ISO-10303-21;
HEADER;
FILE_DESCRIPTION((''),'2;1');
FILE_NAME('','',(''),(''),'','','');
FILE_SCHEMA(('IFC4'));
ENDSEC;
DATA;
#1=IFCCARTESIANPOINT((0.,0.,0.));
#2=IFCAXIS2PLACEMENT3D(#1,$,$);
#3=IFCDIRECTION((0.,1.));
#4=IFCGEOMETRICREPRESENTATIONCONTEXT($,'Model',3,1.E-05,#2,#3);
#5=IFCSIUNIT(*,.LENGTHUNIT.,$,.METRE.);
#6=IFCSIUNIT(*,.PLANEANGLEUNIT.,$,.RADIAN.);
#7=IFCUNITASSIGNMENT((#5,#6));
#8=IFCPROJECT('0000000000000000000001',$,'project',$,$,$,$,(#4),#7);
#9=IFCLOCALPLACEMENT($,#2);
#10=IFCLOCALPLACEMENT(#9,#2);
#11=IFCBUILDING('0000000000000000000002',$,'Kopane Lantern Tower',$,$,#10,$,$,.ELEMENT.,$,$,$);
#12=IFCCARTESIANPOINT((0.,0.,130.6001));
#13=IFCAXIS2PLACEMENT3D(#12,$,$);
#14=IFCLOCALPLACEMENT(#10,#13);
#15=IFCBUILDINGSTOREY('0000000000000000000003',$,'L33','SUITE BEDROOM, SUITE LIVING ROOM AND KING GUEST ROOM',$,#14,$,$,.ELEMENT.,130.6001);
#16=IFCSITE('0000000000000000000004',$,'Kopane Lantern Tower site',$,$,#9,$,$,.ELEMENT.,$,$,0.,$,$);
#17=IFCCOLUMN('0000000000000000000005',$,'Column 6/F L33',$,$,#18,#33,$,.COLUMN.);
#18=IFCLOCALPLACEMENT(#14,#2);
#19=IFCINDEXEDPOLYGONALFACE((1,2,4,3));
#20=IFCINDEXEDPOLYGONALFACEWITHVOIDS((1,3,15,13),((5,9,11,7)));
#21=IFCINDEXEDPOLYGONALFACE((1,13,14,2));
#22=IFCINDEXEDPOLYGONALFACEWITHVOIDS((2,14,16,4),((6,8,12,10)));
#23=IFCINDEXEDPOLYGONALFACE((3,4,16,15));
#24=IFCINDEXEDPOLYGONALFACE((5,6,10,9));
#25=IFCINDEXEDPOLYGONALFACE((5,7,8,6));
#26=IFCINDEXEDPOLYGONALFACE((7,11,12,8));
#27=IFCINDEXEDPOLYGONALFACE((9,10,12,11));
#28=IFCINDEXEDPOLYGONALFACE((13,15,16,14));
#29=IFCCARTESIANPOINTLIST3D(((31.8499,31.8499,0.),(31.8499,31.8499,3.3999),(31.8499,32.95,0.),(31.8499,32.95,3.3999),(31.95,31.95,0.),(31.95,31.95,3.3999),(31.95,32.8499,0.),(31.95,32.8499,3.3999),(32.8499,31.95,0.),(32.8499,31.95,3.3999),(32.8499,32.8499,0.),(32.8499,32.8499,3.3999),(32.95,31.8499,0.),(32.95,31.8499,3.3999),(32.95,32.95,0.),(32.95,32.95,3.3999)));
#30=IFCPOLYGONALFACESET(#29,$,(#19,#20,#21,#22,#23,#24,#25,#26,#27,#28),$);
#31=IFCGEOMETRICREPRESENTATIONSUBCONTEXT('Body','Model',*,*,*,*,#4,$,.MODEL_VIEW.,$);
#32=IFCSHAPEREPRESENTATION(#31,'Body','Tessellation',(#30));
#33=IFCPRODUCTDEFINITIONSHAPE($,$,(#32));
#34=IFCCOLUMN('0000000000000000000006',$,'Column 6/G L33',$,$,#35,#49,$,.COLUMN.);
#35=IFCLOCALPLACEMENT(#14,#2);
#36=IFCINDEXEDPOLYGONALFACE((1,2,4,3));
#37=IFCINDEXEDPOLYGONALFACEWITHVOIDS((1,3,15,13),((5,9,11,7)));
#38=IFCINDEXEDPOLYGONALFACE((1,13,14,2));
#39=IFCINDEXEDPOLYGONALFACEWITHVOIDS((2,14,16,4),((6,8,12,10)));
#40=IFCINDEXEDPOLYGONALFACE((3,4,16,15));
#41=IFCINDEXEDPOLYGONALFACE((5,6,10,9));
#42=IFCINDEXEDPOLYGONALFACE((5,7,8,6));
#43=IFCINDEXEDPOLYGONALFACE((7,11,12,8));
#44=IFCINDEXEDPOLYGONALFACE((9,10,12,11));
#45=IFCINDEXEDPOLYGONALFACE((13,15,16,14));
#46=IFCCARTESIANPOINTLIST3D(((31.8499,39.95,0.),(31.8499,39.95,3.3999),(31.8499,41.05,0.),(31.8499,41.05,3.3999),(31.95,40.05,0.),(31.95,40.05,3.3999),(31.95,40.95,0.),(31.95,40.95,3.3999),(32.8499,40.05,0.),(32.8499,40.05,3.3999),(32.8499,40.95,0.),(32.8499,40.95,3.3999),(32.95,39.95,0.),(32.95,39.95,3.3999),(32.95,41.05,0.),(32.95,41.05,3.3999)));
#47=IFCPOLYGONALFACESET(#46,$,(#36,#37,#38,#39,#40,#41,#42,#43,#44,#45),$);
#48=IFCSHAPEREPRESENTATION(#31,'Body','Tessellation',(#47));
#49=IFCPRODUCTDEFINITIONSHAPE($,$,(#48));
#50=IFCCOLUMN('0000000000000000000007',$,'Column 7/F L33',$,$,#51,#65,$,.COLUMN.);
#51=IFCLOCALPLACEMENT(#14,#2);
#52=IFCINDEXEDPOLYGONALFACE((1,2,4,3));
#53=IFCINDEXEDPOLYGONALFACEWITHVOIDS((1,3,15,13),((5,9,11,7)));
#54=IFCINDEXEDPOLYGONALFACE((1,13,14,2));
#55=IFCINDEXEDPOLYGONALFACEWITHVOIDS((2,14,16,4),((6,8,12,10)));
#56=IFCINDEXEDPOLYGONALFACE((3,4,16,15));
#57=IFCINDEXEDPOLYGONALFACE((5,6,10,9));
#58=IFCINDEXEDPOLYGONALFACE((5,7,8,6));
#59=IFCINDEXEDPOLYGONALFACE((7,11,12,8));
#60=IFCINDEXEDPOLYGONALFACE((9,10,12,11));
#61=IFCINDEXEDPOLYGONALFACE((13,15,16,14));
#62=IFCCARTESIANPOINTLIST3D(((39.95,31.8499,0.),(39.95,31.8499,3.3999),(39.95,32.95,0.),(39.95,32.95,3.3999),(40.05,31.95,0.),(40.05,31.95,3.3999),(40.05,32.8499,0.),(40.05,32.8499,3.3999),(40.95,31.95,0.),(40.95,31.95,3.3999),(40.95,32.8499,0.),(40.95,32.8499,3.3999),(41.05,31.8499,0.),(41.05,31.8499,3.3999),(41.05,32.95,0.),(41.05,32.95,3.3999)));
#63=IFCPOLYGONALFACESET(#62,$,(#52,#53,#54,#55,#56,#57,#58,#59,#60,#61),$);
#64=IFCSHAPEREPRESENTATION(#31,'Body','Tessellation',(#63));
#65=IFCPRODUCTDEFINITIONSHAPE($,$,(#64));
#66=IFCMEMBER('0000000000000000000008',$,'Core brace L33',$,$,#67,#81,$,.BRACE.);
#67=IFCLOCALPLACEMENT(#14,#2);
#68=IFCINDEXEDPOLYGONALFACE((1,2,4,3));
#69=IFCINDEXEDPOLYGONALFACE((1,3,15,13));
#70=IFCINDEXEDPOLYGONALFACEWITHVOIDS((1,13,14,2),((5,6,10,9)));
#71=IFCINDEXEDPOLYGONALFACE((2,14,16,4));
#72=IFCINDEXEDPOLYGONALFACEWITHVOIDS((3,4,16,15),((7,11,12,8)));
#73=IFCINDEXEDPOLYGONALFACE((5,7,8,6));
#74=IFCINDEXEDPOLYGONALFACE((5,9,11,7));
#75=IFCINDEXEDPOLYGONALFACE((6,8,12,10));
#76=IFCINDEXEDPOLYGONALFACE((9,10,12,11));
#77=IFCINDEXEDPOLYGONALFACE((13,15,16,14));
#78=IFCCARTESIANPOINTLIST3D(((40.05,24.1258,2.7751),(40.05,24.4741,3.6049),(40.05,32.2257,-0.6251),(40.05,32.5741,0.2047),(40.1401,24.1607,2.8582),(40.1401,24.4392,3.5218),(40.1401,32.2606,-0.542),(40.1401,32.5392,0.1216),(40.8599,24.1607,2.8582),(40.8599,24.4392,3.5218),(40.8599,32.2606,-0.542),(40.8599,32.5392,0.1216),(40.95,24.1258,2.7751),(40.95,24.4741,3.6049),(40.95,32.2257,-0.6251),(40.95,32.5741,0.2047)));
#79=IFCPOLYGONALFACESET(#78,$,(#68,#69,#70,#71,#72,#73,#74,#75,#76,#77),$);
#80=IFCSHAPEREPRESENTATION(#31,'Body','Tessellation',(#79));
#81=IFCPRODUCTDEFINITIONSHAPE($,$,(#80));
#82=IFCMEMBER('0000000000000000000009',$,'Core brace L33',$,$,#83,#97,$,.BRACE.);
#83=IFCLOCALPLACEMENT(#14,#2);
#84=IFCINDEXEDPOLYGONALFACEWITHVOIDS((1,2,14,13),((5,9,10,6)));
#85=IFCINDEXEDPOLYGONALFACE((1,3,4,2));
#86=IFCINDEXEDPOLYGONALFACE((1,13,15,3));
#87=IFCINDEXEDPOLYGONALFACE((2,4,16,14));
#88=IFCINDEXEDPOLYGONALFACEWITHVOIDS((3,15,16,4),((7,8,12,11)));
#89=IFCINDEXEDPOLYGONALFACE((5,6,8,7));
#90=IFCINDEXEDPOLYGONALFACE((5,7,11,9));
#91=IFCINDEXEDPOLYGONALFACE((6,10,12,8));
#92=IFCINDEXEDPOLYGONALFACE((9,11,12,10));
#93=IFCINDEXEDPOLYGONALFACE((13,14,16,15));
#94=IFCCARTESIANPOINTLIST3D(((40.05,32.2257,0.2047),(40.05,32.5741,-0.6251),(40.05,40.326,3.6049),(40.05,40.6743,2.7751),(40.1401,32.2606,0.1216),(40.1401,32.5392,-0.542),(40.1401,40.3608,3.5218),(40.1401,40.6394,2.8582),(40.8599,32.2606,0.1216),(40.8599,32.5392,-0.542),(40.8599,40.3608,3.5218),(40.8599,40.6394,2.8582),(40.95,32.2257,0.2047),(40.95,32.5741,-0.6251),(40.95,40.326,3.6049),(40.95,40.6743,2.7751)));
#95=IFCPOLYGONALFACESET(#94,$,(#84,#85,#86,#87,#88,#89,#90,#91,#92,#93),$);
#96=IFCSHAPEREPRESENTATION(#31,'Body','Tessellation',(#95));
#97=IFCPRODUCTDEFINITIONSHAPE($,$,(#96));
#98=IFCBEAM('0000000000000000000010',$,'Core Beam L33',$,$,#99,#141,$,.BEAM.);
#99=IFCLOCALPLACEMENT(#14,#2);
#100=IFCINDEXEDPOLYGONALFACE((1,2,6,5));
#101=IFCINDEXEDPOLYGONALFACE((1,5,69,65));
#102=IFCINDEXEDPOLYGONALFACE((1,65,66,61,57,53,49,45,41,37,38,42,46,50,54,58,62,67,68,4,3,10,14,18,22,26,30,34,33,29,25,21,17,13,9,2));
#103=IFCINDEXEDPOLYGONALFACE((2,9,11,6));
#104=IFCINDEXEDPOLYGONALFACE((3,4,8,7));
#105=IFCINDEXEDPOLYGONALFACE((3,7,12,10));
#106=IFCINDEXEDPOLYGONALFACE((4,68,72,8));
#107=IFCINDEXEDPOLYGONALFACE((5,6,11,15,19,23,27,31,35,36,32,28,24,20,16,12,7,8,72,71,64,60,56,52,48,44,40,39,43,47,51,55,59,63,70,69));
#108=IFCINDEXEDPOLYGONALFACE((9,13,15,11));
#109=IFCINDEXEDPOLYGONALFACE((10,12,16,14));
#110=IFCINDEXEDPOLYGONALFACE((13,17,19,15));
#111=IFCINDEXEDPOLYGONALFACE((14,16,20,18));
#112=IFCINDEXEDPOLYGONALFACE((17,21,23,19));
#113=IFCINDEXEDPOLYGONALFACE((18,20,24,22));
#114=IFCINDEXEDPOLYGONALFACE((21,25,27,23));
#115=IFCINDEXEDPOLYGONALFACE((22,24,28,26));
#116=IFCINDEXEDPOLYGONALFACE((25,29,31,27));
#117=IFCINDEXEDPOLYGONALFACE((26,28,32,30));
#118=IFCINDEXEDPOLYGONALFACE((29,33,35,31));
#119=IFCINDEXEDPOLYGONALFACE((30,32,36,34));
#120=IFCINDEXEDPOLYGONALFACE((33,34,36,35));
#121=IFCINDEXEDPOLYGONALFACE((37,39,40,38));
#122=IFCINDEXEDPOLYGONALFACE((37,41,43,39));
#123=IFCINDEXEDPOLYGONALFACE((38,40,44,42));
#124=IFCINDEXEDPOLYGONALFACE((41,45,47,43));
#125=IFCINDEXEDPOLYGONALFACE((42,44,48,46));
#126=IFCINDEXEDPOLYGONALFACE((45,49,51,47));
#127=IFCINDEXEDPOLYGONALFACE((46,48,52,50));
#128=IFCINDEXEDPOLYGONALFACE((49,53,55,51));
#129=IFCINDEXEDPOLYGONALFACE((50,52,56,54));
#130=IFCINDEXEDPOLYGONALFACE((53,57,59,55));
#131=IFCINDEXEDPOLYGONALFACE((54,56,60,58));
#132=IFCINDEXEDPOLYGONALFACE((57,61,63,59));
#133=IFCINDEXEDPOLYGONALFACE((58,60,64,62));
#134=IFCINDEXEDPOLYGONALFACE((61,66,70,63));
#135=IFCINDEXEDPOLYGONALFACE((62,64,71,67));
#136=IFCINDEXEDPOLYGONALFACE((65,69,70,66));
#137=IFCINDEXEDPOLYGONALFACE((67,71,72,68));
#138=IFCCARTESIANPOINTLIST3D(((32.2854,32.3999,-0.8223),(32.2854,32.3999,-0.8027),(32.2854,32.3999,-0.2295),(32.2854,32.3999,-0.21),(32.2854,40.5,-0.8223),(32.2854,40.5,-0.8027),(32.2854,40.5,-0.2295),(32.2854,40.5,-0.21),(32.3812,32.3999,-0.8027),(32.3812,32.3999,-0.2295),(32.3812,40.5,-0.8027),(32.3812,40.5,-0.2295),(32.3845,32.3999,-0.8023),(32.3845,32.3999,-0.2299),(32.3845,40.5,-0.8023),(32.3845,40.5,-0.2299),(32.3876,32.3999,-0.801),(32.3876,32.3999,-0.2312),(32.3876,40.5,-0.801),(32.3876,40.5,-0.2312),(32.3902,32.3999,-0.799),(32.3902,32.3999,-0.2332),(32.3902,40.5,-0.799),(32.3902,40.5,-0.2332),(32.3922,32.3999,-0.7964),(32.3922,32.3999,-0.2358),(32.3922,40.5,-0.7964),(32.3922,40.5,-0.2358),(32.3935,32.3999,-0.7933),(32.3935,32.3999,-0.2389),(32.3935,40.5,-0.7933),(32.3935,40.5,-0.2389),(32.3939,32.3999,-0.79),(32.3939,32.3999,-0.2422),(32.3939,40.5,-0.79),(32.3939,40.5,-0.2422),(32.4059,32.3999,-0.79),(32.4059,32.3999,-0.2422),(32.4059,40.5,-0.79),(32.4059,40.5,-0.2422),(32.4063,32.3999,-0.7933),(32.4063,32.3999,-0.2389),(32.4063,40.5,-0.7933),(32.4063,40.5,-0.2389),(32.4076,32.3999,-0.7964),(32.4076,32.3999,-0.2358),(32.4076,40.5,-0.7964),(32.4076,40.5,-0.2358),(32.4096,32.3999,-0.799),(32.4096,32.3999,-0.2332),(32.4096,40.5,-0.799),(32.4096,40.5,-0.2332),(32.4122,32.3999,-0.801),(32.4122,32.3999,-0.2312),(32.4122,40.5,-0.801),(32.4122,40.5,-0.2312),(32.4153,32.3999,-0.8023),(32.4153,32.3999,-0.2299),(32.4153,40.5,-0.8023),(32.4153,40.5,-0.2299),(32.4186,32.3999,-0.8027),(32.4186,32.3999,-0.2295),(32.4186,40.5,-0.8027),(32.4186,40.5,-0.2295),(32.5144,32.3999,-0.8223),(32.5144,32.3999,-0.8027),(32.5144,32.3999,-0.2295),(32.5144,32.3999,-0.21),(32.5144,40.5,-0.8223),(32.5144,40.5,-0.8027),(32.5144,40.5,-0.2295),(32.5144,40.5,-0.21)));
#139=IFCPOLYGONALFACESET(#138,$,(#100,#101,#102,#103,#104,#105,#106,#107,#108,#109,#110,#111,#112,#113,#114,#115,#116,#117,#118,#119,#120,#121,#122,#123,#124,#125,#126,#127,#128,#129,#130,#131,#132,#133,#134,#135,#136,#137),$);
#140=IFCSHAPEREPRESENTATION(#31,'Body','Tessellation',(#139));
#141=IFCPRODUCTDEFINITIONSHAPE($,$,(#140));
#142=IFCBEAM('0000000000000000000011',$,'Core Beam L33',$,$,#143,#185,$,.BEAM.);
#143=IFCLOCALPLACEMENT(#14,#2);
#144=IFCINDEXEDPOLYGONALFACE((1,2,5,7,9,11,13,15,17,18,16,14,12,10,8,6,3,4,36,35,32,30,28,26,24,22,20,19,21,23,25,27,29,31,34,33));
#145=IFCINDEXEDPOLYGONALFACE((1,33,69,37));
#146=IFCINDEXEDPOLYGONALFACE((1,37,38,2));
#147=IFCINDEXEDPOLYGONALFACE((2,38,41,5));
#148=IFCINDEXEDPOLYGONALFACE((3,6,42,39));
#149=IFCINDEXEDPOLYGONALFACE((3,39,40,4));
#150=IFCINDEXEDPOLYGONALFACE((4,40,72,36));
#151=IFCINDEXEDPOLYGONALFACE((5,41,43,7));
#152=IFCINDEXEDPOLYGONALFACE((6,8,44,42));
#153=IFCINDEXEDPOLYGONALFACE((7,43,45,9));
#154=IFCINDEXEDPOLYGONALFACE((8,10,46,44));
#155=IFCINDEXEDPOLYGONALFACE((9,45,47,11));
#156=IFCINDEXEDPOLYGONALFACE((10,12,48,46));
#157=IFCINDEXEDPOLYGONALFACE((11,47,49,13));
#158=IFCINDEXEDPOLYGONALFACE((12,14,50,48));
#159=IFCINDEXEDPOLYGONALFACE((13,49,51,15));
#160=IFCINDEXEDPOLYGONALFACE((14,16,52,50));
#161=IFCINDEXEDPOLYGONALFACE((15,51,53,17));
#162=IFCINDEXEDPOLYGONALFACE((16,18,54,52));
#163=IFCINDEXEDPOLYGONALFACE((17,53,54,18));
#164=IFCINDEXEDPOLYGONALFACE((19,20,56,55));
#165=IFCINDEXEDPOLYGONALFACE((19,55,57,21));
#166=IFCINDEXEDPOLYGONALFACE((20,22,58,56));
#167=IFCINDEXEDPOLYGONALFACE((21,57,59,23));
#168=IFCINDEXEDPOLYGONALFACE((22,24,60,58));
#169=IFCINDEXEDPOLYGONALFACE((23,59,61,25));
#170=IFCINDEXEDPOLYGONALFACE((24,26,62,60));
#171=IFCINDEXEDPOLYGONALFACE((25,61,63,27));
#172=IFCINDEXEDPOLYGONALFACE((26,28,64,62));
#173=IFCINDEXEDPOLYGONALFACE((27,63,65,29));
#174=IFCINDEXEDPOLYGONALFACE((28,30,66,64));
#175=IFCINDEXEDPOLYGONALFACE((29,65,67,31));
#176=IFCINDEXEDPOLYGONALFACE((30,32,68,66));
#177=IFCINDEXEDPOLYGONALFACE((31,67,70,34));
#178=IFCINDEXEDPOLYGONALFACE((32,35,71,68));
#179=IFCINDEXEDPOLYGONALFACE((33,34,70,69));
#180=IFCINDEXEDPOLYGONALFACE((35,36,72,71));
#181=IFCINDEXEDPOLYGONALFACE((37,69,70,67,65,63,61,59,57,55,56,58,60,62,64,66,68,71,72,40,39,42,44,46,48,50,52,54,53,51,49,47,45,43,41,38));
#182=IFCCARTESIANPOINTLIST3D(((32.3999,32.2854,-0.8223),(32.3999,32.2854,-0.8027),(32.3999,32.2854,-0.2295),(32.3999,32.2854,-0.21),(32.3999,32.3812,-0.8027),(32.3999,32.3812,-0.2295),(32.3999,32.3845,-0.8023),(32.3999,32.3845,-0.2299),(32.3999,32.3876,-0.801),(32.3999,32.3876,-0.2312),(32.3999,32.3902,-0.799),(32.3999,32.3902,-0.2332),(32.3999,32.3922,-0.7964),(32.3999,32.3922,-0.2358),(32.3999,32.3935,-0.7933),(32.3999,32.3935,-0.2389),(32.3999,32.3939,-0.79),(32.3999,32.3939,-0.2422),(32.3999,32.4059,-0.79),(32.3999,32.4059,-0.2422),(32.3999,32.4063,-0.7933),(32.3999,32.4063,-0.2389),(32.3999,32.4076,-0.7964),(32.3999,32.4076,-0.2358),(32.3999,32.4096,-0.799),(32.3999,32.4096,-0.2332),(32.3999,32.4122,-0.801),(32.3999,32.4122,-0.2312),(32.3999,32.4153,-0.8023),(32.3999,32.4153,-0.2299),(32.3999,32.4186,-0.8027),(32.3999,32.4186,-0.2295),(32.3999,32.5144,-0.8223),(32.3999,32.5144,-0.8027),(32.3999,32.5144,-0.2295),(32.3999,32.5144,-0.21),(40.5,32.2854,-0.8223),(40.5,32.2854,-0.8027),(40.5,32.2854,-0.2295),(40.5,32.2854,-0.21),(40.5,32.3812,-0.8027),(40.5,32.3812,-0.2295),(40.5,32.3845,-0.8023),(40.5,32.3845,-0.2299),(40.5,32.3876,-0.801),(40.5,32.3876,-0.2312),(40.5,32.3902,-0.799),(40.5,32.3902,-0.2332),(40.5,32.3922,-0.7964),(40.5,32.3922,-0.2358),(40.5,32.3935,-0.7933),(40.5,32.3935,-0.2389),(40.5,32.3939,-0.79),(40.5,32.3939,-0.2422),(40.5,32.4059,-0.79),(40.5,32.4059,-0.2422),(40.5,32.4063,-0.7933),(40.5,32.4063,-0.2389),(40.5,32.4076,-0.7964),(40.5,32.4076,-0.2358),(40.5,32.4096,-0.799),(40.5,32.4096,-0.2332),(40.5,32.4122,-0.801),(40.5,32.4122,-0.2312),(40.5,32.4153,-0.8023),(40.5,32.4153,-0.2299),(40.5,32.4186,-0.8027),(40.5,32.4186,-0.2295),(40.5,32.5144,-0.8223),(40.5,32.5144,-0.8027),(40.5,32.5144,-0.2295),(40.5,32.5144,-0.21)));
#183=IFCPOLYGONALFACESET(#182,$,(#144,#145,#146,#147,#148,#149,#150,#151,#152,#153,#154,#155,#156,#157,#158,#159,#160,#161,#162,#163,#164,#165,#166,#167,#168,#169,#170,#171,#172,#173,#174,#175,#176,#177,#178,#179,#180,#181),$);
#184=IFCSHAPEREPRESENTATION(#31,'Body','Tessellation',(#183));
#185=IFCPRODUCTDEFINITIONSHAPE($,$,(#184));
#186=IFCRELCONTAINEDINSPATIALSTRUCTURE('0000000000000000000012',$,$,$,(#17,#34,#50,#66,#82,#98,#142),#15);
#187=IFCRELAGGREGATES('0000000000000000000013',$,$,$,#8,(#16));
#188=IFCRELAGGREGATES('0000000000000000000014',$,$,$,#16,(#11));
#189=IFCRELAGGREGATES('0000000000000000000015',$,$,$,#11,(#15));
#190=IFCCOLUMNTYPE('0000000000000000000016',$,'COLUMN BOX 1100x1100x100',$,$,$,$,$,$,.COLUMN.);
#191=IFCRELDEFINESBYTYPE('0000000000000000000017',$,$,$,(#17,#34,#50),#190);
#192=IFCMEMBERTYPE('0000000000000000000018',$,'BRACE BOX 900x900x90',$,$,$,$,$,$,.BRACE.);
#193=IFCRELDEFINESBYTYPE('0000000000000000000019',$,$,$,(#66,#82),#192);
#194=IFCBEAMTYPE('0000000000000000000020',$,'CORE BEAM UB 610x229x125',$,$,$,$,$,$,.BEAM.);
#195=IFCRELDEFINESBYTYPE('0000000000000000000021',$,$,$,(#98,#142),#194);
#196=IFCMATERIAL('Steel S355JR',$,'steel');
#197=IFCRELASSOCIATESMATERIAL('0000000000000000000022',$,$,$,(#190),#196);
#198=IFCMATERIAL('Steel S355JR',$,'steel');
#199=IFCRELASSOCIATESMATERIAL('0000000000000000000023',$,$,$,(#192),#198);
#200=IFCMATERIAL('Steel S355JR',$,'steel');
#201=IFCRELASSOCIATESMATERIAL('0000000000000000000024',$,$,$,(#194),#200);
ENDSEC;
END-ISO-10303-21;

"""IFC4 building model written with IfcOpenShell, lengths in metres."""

from ifc_helpers import new_model, si_unit, direction, frame, origin, origin_2d, place, context, subcontext, project, spatial, hollow_rectangle, i_section, extrude, material, material_profile, profile_set, type_object, element, save


model = new_model("IFC4")

# Units and contexts
model_context = context("Model", 3, precision=1e-05, world=origin(), true_north=direction((0.0, 1.0)))
body_context = subcontext(model_context, "Body", "Model", "MODEL_VIEW")
ifc_project = project(units=[si_unit("LENGTHUNIT", "METRE"), si_unit("PLANEANGLEUNIT", "RADIAN")], contexts=[model_context])

# Site, building, storey
site_placement = place(None, origin())
site = spatial("IfcSite", under=ifc_project, at=site_placement, Name="Kopane Lantern Tower site", CompositionType="ELEMENT", RefElevation=0.0)
building_placement = place(site_placement, origin())
building = spatial("IfcBuilding", under=site, at=building_placement, Name="Kopane Lantern Tower", CompositionType="ELEMENT")
storey_placement = place(building_placement, frame((0.0, 0.0, 130.6001)))
storey = spatial("IfcBuildingStorey", under=building, at=storey_placement, Name="L33", Description="SUITE BEDROOM, SUITE LIVING ROOM AND KING GUEST ROOM", CompositionType="ELEMENT", Elevation=130.6001)

# Columns
ifc_material_1 = material(Name="Steel S355JR", Category="steel")
ifc_material_profile_1 = material_profile(ifc_material_1, hollow_rectangle(XDim=1.1001, YDim=1.1001, WallThickness=0.1001, at=origin_2d()), Name="BOX 1100x1100x100")
ifc_profile_set_1 = profile_set([ifc_material_profile_1], Name="Steel S355JR")
column_type = type_object("IfcColumnType", Name="COLUMN BOX 1100x1100x100", PredefinedType="COLUMN", material=ifc_profile_set_1)
for number, where, z_axis, x_axis, name in (
    (1, (32.3999, 32.3999, 0.0), (0.0, 0.0, 1.0), (1.0, 0.0, 0.0), "Column 6/F L33"),
    (2, (32.3999, 40.5, 0.0), (0.0, 0.0, 1.0), (1.0, 0.0, 0.0), "Column 6/G L33"),
    (3, (40.5, 32.3999, 0.0), (0.0, 0.0, 1.0), (1.0, 0.0, 0.0), "Column 7/F L33"),
):
    element("IfcColumn", number, at=place(storey_placement, frame(where, z_axis=z_axis, x_axis=x_axis)), inside=storey, type_object=column_type, Name=name, PredefinedType="COLUMN", context=body_context, shape_type="SweptSolid", body=[
        extrude(hollow_rectangle(XDim=1.1001, YDim=1.1001, WallThickness=0.1001, at=origin_2d()), origin(), (0.0, 0.0, 1.0), 3.3999),
    ])

# Members
ifc_material_2 = material(Name="Steel S355JR", Category="steel")
ifc_material_profile_2 = material_profile(ifc_material_2, hollow_rectangle(XDim=0.8999, YDim=0.8999, WallThickness=0.0901, at=origin_2d()), Name="BOX 900x900x90")
ifc_profile_set_2 = profile_set([ifc_material_profile_2], Name="Steel S355JR")
member_type = type_object("IfcMemberType", Name="BRACE BOX 900x900x90", PredefinedType="BRACE", material=ifc_profile_set_2)
member_1_placement = place(storey_placement, frame((40.5, 32.3999, -0.2102), z_axis=(0.0, -0.922055, 0.387059), x_axis=(1.0, 0.0, 0.0)))
element("IfcMember", 4, at=member_1_placement, inside=storey, type_object=member_type, Name="Core brace L33", PredefinedType="BRACE", context=body_context, shape_type="SweptSolid", body=[
    extrude(hollow_rectangle(XDim=0.8999, YDim=0.8999, WallThickness=0.0901, at=origin_2d()), origin(), (0.0, 0.0, 1.0), 8.7847),
])
member_2_placement = place(storey_placement, frame((40.5, 32.3999, -0.2102), z_axis=(0.0, 0.922059, 0.387049), x_axis=(-1.0, 0.0, 0.0)))
element("IfcMember", 5, at=member_2_placement, inside=storey, type_object=member_type, Name="Core brace L33", PredefinedType="BRACE", context=body_context, shape_type="SweptSolid", body=[
    extrude(hollow_rectangle(XDim=0.8999, YDim=0.8999, WallThickness=0.0901, at=origin_2d()), origin(), (0.0, 0.0, 1.0), 8.7849),
])

# Beams
ifc_material_3 = material(Name="Steel S355JR", Category="steel")
ifc_material_profile_3 = material_profile(ifc_material_3, i_section(OverallWidth=0.229, OverallDepth=0.6123, WebThickness=0.012, FlangeThickness=0.0195, FilletRadius=0.0127, at=origin_2d()), Name="UB 610x229x125")
ifc_profile_set_3 = profile_set([ifc_material_profile_3], Name="Steel S355JR")
beam_type_1 = type_object("IfcBeamType", Name="CORE BEAM UB 610x229x125", PredefinedType="BEAM", material=ifc_profile_set_3)
for number, where, z_axis, x_axis, name in (
    (6, (32.3999, 32.3999, -0.5161), (0.0, 1.0, 0.0), (-1.0, 0.0, 0.0), "Core Beam L33"),
    (7, (32.3999, 32.3999, -0.5161), (1.0, 0.0, 0.0), (0.0, 1.0, 0.0), "Core Beam L33"),
):
    element("IfcBeam", number, at=place(storey_placement, frame(where, z_axis=z_axis, x_axis=x_axis)), inside=storey, type_object=beam_type_1, Name=name, PredefinedType="BEAM", context=body_context, shape_type="SweptSolid", body=[
        extrude(i_section(OverallWidth=0.229, OverallDepth=0.6123, WebThickness=0.012, FlangeThickness=0.0195, FilletRadius=0.0127, at=origin_2d()), origin(), (0.0, 0.0, 1.0), 8.1001),
    ])

save(model, "model.ifc")
